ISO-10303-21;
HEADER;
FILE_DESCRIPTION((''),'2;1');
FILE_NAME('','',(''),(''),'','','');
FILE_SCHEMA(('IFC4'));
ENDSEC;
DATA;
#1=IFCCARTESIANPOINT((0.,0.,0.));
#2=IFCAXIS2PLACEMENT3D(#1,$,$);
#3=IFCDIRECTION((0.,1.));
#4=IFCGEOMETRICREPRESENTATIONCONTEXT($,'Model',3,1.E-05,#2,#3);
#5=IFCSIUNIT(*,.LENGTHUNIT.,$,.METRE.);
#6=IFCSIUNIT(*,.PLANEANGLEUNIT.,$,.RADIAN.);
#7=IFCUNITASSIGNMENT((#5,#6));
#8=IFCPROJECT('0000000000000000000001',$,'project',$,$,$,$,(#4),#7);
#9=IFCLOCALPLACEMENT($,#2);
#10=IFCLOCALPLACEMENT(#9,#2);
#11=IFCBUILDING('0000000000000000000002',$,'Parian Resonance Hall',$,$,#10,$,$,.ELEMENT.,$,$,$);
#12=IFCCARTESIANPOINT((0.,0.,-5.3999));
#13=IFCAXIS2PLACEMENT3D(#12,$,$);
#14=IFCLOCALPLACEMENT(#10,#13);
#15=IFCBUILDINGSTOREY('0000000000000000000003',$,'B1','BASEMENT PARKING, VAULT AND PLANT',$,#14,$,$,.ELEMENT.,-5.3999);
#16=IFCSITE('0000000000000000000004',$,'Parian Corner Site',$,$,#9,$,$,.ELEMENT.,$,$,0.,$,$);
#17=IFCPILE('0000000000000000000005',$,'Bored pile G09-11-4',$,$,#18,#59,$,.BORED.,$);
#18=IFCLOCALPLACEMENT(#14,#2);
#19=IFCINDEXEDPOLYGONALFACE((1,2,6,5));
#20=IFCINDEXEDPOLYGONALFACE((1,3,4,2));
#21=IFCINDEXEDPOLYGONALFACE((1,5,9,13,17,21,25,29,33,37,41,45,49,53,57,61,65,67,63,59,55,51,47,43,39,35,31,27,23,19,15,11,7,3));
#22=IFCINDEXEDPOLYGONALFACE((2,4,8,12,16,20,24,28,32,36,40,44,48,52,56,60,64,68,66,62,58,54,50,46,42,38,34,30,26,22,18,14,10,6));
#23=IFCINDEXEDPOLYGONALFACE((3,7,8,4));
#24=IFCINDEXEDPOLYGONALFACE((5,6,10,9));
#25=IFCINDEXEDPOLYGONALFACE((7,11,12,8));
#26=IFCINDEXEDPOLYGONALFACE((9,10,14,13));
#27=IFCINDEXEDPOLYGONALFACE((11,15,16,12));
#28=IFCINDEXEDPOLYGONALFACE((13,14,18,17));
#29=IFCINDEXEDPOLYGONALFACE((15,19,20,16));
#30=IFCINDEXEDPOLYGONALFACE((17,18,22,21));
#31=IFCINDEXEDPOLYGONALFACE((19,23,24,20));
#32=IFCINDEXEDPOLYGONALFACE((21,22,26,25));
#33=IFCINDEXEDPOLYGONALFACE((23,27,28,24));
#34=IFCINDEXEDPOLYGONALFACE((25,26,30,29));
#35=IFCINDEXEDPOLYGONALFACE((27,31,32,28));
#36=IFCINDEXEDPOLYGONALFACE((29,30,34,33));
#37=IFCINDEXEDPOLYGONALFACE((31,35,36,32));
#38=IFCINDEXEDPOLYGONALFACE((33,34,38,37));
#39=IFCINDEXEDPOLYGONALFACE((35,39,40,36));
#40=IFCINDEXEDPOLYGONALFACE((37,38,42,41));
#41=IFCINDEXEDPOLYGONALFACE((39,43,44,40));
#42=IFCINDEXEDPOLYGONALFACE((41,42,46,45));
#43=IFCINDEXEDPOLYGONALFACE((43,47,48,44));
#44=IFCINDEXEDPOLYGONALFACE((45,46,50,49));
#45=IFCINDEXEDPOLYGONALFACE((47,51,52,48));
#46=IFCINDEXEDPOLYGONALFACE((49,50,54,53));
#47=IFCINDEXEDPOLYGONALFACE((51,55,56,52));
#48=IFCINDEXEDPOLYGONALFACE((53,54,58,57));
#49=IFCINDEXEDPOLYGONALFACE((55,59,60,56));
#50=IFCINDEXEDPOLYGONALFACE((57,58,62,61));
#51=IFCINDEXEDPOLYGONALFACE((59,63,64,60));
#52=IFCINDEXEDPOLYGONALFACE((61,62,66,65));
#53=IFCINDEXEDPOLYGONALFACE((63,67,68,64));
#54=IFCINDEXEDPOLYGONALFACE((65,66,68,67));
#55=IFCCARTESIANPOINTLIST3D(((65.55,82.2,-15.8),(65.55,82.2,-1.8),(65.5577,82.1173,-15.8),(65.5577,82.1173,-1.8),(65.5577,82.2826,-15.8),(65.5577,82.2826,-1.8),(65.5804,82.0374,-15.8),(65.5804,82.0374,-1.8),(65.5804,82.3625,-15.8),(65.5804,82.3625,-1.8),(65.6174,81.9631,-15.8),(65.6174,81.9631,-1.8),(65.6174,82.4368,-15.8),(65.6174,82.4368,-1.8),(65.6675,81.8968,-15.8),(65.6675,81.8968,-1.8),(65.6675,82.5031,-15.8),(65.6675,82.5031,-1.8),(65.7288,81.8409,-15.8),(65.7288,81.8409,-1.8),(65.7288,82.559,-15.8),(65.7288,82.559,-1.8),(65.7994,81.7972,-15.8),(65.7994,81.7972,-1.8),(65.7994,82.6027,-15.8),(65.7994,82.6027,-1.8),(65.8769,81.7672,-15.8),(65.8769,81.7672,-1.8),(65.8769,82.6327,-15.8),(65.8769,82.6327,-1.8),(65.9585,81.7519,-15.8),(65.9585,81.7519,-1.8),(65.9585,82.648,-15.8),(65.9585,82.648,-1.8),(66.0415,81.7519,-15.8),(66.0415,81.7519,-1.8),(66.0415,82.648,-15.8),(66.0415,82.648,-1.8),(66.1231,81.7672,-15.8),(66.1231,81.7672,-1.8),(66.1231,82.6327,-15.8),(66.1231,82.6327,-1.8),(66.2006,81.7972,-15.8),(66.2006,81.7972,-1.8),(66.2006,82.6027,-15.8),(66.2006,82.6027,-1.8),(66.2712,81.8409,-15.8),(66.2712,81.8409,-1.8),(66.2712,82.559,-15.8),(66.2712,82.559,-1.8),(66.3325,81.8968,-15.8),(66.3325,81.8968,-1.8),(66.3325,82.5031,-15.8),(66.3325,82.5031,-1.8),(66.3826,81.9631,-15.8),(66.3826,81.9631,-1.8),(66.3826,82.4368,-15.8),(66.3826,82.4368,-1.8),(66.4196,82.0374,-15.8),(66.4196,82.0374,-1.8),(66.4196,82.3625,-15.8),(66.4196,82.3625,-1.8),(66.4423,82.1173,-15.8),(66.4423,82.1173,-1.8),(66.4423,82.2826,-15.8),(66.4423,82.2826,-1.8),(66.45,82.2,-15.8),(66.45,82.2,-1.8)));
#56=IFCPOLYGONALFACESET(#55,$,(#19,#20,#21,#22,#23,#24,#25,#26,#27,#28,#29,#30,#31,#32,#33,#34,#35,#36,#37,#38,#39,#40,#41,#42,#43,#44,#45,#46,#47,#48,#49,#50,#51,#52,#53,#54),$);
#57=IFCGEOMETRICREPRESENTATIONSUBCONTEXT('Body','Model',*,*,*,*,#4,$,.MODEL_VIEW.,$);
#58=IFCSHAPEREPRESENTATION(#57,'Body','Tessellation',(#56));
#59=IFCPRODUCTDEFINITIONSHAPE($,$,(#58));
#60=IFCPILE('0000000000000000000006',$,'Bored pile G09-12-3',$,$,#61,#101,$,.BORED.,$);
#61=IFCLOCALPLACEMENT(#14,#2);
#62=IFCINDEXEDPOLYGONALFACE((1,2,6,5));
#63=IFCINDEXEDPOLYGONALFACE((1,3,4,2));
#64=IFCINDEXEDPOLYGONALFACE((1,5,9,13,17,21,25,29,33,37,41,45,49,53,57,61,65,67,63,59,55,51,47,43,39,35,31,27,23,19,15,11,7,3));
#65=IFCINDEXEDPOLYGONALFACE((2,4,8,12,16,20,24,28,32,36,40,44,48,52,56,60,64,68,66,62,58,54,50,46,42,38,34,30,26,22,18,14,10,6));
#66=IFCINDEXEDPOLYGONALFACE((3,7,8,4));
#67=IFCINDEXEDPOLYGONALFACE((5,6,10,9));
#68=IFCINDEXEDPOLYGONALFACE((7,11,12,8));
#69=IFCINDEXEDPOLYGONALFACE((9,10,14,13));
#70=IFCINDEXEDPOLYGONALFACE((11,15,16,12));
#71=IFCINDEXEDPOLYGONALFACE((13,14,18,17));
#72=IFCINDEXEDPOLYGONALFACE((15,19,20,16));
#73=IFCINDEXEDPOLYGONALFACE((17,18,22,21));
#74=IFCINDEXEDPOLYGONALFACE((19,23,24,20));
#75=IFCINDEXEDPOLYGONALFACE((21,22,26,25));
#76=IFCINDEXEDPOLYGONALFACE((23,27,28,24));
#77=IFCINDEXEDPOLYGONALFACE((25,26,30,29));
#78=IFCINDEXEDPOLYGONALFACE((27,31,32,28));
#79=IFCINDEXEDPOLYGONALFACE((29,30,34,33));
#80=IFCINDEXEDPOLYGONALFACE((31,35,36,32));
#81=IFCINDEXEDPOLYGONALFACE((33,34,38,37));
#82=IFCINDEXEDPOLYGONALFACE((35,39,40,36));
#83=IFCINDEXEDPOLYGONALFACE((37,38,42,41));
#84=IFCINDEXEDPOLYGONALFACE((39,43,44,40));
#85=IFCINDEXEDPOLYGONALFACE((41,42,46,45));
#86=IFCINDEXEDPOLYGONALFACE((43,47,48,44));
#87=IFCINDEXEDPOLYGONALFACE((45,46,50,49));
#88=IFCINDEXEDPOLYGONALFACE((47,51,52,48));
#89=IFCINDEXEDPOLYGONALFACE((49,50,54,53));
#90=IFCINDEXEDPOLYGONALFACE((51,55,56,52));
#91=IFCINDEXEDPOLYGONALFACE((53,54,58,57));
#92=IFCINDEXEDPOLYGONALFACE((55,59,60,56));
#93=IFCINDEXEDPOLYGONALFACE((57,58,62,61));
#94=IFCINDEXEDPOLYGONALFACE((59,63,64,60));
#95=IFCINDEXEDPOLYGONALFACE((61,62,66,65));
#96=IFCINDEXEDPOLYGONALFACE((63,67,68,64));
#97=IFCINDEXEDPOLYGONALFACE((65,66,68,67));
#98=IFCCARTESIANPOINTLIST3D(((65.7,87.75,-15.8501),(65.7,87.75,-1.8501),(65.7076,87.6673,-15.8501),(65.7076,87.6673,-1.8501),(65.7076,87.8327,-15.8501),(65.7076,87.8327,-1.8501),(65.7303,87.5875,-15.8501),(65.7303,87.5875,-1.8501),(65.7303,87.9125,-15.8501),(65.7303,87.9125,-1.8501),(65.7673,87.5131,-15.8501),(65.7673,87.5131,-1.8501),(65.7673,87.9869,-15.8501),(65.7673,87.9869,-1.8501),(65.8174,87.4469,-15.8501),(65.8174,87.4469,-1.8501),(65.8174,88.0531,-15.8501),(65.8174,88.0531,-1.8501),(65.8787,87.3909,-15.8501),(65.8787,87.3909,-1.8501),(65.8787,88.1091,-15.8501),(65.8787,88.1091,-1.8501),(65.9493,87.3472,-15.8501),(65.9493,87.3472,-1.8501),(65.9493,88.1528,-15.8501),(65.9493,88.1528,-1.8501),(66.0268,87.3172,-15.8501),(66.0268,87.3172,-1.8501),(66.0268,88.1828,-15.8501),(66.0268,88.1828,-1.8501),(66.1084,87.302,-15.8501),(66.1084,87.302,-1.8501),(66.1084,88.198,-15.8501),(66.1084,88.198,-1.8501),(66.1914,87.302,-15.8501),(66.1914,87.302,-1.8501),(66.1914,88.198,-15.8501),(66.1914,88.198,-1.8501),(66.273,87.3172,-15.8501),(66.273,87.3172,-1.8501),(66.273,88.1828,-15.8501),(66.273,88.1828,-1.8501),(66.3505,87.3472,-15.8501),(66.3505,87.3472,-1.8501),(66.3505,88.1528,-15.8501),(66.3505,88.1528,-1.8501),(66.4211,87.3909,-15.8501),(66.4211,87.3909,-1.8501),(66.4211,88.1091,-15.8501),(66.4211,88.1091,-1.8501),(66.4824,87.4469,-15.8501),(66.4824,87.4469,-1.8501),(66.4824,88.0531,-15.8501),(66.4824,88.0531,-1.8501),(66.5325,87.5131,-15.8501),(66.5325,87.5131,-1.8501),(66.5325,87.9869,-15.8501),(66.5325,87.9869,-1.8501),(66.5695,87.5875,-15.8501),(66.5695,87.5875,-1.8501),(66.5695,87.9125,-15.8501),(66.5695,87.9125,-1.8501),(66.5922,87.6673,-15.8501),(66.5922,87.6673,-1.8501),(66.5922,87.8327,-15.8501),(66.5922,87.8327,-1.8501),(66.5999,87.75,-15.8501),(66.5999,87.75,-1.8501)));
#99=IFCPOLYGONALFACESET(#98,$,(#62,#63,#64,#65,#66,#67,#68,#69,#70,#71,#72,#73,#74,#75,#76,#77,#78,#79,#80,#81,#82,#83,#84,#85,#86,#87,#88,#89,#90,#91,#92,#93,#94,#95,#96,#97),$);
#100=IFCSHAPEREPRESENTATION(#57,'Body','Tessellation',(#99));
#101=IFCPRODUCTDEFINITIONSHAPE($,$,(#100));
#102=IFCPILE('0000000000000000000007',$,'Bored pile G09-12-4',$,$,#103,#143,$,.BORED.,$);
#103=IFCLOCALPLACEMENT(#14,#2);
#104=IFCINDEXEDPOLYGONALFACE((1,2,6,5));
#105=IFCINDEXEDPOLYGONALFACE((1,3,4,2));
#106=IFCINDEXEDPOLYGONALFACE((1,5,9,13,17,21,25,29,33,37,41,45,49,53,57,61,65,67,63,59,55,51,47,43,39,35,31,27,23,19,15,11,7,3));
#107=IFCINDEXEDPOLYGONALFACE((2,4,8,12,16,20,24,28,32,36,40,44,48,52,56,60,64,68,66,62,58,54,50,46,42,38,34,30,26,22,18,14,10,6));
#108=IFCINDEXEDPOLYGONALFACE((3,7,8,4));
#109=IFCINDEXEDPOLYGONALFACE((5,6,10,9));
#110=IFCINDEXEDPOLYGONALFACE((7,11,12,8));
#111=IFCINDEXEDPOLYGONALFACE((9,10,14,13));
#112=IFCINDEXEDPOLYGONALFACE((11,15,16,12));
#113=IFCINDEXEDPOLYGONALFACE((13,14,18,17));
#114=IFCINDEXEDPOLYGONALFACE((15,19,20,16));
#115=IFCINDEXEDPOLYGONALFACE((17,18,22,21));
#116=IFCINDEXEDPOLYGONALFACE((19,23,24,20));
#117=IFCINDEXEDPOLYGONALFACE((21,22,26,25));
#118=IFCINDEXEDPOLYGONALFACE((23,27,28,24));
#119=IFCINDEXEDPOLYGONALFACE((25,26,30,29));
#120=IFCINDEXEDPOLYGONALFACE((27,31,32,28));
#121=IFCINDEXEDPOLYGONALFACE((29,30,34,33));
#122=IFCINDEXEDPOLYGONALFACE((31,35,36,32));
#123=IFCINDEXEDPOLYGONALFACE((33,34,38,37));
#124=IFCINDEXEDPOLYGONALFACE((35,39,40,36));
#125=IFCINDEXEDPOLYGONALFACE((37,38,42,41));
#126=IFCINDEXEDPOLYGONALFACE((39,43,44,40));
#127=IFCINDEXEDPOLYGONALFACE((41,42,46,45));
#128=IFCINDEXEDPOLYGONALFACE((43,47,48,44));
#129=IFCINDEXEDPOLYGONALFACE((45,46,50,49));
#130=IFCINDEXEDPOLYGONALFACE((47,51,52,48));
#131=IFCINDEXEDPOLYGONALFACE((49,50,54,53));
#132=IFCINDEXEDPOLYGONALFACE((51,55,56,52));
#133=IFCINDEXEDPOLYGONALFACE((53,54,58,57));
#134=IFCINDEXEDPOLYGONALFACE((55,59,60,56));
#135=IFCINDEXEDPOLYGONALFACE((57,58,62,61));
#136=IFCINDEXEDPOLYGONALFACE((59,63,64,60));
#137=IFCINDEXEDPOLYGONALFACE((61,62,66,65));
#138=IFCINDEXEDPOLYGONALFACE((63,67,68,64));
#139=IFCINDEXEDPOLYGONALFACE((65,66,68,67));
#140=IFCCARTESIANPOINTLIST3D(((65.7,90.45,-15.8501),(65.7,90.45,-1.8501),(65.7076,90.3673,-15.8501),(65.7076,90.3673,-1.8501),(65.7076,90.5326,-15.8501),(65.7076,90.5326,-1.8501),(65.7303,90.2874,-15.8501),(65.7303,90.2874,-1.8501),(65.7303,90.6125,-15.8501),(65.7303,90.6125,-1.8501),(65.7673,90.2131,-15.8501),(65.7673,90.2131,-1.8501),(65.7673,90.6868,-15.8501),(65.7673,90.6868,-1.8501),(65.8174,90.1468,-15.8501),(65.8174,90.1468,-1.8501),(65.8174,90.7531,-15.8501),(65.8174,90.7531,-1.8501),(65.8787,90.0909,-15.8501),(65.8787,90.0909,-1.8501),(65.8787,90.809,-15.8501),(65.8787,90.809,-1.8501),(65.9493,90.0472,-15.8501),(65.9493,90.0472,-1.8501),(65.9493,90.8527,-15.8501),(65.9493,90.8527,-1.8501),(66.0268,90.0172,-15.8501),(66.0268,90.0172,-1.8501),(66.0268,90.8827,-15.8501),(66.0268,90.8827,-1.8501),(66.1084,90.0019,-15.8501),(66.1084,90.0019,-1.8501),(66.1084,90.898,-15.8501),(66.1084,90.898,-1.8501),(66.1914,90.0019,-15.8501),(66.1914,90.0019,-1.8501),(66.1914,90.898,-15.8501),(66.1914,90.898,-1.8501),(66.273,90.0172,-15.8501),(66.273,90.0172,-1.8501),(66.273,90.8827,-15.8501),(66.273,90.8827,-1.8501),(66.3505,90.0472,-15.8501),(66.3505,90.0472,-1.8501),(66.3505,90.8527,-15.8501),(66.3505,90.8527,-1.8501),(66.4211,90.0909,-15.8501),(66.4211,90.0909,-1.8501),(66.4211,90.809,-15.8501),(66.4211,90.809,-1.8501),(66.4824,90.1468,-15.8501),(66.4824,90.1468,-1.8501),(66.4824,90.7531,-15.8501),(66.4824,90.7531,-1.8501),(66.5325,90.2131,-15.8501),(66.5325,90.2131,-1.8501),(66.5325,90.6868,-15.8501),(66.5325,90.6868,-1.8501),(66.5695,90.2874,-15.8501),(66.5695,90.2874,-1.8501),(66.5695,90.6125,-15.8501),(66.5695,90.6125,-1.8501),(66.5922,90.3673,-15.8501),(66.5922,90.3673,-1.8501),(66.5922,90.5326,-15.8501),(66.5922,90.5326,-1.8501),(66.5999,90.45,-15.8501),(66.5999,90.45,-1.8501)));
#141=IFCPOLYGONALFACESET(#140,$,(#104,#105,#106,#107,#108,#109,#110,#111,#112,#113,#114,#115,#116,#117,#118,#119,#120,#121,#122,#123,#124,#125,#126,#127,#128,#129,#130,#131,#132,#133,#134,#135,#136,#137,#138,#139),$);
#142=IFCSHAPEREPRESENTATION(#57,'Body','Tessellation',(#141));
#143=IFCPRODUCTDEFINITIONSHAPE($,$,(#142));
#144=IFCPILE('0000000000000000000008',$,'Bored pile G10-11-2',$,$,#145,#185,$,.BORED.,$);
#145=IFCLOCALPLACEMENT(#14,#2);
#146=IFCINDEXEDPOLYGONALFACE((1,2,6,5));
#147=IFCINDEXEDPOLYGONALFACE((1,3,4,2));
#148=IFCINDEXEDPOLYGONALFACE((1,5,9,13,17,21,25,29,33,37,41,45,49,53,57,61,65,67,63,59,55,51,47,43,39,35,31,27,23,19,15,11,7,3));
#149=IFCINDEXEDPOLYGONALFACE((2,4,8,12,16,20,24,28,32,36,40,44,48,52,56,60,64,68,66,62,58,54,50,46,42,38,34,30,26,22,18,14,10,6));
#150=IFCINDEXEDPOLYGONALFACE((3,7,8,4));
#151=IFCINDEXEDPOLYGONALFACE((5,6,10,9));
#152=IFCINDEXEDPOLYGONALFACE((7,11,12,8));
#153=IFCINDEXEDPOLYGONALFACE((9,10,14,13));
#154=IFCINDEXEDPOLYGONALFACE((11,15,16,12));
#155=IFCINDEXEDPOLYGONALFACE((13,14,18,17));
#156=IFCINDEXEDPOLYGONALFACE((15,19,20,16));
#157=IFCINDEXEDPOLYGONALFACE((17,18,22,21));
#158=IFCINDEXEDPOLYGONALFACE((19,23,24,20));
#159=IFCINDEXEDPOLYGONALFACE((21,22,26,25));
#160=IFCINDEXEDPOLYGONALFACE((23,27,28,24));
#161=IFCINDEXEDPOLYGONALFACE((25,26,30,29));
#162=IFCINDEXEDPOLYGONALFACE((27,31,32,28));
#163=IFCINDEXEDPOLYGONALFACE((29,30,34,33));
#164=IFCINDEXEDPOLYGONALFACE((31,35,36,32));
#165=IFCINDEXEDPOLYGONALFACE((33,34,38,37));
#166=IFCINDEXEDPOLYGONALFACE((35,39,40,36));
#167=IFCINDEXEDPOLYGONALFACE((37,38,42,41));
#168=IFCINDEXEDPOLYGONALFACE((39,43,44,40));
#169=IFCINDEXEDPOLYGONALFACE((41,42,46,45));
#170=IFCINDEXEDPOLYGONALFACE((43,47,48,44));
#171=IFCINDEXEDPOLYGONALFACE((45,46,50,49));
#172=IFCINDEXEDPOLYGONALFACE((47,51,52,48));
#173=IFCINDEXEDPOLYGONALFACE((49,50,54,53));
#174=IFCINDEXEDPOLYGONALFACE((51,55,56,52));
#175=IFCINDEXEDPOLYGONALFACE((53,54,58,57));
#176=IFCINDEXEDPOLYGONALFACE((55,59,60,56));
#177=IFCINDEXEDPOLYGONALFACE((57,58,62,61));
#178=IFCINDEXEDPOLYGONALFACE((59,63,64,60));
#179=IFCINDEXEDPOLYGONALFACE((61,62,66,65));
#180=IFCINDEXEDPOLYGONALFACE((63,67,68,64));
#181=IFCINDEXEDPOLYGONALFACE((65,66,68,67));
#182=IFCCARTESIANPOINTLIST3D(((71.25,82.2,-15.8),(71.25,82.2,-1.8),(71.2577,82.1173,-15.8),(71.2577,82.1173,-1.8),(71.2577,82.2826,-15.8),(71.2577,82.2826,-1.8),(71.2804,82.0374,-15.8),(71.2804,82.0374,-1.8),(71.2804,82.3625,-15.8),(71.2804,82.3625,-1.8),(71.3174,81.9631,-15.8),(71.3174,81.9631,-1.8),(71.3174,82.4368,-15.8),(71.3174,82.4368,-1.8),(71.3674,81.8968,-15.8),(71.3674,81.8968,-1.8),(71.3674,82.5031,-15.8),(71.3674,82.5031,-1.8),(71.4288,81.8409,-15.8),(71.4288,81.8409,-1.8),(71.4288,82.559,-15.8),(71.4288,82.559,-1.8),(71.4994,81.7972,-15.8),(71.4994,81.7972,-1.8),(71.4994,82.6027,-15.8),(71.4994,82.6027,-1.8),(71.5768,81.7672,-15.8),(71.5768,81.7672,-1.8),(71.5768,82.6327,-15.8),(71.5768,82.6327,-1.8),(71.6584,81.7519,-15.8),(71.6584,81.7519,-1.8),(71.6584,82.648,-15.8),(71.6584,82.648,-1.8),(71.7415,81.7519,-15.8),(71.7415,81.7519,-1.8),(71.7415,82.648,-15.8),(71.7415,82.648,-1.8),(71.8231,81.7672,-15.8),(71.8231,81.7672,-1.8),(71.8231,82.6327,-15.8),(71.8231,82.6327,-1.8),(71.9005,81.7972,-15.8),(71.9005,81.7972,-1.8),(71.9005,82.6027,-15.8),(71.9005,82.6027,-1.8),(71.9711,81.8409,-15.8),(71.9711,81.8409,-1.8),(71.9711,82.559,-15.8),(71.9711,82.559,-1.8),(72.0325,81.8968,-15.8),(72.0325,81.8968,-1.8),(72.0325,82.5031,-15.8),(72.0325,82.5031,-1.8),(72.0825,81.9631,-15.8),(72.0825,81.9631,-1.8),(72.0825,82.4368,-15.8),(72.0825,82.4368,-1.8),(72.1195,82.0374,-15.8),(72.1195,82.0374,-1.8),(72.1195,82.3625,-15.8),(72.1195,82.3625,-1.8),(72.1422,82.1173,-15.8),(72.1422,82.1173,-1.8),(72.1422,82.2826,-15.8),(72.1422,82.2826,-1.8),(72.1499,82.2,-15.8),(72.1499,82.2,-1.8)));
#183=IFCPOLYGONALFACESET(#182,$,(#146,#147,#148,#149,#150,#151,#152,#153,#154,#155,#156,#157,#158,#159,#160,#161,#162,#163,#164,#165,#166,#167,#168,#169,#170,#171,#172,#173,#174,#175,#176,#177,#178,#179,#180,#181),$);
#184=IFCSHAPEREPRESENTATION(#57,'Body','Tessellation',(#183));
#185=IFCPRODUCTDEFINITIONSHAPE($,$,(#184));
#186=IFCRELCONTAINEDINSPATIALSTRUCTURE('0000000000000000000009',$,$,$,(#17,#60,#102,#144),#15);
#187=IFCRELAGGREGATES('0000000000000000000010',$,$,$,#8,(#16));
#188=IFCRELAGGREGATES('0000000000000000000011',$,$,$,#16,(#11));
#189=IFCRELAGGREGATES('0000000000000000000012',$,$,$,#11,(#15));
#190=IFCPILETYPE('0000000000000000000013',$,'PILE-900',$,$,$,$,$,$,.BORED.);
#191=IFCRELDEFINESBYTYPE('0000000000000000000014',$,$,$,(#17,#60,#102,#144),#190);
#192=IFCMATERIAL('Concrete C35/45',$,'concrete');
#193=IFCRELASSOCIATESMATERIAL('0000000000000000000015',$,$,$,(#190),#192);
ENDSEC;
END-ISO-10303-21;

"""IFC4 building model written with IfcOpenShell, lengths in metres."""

from ifc_helpers import new_model, si_unit, direction, frame, origin, origin_2d, place, context, subcontext, project, spatial, circle, extrude, material, material_profile, profile_set, type_object, element, save


model = new_model("IFC4")

# Units and contexts
model_context = context("Model", 3, precision=1e-05, world=origin(), true_north=direction((0.0, 1.0)))
body_context = subcontext(model_context, "Body", "Model", "MODEL_VIEW")
ifc_project = project(units=[si_unit("LENGTHUNIT", "METRE"), si_unit("PLANEANGLEUNIT", "RADIAN")], contexts=[model_context])

# Site, building, storey
site_placement = place(None, origin())
site = spatial("IfcSite", under=ifc_project, at=site_placement, Name="Parian Corner Site", CompositionType="ELEMENT", RefElevation=0.0)
building_placement = place(site_placement, origin())
building = spatial("IfcBuilding", under=site, at=building_placement, Name="Parian Resonance Hall", CompositionType="ELEMENT")
storey_placement = place(building_placement, frame((0.0, 0.0, -5.3999)))
storey = spatial("IfcBuildingStorey", under=building, at=storey_placement, Name="B1", Description="BASEMENT PARKING, VAULT AND PLANT", CompositionType="ELEMENT", Elevation=-5.3999)

# Piles
ifc_material_1 = material(Name="Concrete C35/45", Category="concrete")
ifc_material_profile_1 = material_profile(ifc_material_1, circle(Radius=0.45, at=origin_2d()), Name="PILE-D900")
ifc_profile_set_1 = profile_set([ifc_material_profile_1], Name="Concrete C35/45")
pile_type_1 = type_object("IfcPileType", Name="PILE-900", PredefinedType="BORED", material=ifc_profile_set_1)
for number, where, z_axis, x_axis, name in (
    (1, (66.0, 82.2, -1.8), (0.0, 0.0, -1.0), (1.0, 0.0, 0.0), "Bored pile G09-11-4"),
    (2, (66.1499, 87.75, -1.8501), (0.0, 0.0, -1.0), (1.0, 0.0, 0.0), "Bored pile G09-12-3"),
    (3, (66.1499, 90.45, -1.8501), (0.0, 0.0, -1.0), (1.0, 0.0, 0.0), "Bored pile G09-12-4"),
    (4, (71.7, 82.2, -1.8), (0.0, 0.0, -1.0), (1.0, 0.0, 0.0), "Bored pile G10-11-2"),
):
    element("IfcPile", number, at=place(storey_placement, frame(where, z_axis=z_axis, x_axis=x_axis)), inside=storey, type_object=pile_type_1, Name=name, PredefinedType="BORED", context=body_context, shape_type="SweptSolid", body=[
        extrude(circle(Radius=0.45, at=origin_2d()), origin(), (0.0, 0.0, 1.0), 14.0),
    ])

save(model, "model.ifc")
